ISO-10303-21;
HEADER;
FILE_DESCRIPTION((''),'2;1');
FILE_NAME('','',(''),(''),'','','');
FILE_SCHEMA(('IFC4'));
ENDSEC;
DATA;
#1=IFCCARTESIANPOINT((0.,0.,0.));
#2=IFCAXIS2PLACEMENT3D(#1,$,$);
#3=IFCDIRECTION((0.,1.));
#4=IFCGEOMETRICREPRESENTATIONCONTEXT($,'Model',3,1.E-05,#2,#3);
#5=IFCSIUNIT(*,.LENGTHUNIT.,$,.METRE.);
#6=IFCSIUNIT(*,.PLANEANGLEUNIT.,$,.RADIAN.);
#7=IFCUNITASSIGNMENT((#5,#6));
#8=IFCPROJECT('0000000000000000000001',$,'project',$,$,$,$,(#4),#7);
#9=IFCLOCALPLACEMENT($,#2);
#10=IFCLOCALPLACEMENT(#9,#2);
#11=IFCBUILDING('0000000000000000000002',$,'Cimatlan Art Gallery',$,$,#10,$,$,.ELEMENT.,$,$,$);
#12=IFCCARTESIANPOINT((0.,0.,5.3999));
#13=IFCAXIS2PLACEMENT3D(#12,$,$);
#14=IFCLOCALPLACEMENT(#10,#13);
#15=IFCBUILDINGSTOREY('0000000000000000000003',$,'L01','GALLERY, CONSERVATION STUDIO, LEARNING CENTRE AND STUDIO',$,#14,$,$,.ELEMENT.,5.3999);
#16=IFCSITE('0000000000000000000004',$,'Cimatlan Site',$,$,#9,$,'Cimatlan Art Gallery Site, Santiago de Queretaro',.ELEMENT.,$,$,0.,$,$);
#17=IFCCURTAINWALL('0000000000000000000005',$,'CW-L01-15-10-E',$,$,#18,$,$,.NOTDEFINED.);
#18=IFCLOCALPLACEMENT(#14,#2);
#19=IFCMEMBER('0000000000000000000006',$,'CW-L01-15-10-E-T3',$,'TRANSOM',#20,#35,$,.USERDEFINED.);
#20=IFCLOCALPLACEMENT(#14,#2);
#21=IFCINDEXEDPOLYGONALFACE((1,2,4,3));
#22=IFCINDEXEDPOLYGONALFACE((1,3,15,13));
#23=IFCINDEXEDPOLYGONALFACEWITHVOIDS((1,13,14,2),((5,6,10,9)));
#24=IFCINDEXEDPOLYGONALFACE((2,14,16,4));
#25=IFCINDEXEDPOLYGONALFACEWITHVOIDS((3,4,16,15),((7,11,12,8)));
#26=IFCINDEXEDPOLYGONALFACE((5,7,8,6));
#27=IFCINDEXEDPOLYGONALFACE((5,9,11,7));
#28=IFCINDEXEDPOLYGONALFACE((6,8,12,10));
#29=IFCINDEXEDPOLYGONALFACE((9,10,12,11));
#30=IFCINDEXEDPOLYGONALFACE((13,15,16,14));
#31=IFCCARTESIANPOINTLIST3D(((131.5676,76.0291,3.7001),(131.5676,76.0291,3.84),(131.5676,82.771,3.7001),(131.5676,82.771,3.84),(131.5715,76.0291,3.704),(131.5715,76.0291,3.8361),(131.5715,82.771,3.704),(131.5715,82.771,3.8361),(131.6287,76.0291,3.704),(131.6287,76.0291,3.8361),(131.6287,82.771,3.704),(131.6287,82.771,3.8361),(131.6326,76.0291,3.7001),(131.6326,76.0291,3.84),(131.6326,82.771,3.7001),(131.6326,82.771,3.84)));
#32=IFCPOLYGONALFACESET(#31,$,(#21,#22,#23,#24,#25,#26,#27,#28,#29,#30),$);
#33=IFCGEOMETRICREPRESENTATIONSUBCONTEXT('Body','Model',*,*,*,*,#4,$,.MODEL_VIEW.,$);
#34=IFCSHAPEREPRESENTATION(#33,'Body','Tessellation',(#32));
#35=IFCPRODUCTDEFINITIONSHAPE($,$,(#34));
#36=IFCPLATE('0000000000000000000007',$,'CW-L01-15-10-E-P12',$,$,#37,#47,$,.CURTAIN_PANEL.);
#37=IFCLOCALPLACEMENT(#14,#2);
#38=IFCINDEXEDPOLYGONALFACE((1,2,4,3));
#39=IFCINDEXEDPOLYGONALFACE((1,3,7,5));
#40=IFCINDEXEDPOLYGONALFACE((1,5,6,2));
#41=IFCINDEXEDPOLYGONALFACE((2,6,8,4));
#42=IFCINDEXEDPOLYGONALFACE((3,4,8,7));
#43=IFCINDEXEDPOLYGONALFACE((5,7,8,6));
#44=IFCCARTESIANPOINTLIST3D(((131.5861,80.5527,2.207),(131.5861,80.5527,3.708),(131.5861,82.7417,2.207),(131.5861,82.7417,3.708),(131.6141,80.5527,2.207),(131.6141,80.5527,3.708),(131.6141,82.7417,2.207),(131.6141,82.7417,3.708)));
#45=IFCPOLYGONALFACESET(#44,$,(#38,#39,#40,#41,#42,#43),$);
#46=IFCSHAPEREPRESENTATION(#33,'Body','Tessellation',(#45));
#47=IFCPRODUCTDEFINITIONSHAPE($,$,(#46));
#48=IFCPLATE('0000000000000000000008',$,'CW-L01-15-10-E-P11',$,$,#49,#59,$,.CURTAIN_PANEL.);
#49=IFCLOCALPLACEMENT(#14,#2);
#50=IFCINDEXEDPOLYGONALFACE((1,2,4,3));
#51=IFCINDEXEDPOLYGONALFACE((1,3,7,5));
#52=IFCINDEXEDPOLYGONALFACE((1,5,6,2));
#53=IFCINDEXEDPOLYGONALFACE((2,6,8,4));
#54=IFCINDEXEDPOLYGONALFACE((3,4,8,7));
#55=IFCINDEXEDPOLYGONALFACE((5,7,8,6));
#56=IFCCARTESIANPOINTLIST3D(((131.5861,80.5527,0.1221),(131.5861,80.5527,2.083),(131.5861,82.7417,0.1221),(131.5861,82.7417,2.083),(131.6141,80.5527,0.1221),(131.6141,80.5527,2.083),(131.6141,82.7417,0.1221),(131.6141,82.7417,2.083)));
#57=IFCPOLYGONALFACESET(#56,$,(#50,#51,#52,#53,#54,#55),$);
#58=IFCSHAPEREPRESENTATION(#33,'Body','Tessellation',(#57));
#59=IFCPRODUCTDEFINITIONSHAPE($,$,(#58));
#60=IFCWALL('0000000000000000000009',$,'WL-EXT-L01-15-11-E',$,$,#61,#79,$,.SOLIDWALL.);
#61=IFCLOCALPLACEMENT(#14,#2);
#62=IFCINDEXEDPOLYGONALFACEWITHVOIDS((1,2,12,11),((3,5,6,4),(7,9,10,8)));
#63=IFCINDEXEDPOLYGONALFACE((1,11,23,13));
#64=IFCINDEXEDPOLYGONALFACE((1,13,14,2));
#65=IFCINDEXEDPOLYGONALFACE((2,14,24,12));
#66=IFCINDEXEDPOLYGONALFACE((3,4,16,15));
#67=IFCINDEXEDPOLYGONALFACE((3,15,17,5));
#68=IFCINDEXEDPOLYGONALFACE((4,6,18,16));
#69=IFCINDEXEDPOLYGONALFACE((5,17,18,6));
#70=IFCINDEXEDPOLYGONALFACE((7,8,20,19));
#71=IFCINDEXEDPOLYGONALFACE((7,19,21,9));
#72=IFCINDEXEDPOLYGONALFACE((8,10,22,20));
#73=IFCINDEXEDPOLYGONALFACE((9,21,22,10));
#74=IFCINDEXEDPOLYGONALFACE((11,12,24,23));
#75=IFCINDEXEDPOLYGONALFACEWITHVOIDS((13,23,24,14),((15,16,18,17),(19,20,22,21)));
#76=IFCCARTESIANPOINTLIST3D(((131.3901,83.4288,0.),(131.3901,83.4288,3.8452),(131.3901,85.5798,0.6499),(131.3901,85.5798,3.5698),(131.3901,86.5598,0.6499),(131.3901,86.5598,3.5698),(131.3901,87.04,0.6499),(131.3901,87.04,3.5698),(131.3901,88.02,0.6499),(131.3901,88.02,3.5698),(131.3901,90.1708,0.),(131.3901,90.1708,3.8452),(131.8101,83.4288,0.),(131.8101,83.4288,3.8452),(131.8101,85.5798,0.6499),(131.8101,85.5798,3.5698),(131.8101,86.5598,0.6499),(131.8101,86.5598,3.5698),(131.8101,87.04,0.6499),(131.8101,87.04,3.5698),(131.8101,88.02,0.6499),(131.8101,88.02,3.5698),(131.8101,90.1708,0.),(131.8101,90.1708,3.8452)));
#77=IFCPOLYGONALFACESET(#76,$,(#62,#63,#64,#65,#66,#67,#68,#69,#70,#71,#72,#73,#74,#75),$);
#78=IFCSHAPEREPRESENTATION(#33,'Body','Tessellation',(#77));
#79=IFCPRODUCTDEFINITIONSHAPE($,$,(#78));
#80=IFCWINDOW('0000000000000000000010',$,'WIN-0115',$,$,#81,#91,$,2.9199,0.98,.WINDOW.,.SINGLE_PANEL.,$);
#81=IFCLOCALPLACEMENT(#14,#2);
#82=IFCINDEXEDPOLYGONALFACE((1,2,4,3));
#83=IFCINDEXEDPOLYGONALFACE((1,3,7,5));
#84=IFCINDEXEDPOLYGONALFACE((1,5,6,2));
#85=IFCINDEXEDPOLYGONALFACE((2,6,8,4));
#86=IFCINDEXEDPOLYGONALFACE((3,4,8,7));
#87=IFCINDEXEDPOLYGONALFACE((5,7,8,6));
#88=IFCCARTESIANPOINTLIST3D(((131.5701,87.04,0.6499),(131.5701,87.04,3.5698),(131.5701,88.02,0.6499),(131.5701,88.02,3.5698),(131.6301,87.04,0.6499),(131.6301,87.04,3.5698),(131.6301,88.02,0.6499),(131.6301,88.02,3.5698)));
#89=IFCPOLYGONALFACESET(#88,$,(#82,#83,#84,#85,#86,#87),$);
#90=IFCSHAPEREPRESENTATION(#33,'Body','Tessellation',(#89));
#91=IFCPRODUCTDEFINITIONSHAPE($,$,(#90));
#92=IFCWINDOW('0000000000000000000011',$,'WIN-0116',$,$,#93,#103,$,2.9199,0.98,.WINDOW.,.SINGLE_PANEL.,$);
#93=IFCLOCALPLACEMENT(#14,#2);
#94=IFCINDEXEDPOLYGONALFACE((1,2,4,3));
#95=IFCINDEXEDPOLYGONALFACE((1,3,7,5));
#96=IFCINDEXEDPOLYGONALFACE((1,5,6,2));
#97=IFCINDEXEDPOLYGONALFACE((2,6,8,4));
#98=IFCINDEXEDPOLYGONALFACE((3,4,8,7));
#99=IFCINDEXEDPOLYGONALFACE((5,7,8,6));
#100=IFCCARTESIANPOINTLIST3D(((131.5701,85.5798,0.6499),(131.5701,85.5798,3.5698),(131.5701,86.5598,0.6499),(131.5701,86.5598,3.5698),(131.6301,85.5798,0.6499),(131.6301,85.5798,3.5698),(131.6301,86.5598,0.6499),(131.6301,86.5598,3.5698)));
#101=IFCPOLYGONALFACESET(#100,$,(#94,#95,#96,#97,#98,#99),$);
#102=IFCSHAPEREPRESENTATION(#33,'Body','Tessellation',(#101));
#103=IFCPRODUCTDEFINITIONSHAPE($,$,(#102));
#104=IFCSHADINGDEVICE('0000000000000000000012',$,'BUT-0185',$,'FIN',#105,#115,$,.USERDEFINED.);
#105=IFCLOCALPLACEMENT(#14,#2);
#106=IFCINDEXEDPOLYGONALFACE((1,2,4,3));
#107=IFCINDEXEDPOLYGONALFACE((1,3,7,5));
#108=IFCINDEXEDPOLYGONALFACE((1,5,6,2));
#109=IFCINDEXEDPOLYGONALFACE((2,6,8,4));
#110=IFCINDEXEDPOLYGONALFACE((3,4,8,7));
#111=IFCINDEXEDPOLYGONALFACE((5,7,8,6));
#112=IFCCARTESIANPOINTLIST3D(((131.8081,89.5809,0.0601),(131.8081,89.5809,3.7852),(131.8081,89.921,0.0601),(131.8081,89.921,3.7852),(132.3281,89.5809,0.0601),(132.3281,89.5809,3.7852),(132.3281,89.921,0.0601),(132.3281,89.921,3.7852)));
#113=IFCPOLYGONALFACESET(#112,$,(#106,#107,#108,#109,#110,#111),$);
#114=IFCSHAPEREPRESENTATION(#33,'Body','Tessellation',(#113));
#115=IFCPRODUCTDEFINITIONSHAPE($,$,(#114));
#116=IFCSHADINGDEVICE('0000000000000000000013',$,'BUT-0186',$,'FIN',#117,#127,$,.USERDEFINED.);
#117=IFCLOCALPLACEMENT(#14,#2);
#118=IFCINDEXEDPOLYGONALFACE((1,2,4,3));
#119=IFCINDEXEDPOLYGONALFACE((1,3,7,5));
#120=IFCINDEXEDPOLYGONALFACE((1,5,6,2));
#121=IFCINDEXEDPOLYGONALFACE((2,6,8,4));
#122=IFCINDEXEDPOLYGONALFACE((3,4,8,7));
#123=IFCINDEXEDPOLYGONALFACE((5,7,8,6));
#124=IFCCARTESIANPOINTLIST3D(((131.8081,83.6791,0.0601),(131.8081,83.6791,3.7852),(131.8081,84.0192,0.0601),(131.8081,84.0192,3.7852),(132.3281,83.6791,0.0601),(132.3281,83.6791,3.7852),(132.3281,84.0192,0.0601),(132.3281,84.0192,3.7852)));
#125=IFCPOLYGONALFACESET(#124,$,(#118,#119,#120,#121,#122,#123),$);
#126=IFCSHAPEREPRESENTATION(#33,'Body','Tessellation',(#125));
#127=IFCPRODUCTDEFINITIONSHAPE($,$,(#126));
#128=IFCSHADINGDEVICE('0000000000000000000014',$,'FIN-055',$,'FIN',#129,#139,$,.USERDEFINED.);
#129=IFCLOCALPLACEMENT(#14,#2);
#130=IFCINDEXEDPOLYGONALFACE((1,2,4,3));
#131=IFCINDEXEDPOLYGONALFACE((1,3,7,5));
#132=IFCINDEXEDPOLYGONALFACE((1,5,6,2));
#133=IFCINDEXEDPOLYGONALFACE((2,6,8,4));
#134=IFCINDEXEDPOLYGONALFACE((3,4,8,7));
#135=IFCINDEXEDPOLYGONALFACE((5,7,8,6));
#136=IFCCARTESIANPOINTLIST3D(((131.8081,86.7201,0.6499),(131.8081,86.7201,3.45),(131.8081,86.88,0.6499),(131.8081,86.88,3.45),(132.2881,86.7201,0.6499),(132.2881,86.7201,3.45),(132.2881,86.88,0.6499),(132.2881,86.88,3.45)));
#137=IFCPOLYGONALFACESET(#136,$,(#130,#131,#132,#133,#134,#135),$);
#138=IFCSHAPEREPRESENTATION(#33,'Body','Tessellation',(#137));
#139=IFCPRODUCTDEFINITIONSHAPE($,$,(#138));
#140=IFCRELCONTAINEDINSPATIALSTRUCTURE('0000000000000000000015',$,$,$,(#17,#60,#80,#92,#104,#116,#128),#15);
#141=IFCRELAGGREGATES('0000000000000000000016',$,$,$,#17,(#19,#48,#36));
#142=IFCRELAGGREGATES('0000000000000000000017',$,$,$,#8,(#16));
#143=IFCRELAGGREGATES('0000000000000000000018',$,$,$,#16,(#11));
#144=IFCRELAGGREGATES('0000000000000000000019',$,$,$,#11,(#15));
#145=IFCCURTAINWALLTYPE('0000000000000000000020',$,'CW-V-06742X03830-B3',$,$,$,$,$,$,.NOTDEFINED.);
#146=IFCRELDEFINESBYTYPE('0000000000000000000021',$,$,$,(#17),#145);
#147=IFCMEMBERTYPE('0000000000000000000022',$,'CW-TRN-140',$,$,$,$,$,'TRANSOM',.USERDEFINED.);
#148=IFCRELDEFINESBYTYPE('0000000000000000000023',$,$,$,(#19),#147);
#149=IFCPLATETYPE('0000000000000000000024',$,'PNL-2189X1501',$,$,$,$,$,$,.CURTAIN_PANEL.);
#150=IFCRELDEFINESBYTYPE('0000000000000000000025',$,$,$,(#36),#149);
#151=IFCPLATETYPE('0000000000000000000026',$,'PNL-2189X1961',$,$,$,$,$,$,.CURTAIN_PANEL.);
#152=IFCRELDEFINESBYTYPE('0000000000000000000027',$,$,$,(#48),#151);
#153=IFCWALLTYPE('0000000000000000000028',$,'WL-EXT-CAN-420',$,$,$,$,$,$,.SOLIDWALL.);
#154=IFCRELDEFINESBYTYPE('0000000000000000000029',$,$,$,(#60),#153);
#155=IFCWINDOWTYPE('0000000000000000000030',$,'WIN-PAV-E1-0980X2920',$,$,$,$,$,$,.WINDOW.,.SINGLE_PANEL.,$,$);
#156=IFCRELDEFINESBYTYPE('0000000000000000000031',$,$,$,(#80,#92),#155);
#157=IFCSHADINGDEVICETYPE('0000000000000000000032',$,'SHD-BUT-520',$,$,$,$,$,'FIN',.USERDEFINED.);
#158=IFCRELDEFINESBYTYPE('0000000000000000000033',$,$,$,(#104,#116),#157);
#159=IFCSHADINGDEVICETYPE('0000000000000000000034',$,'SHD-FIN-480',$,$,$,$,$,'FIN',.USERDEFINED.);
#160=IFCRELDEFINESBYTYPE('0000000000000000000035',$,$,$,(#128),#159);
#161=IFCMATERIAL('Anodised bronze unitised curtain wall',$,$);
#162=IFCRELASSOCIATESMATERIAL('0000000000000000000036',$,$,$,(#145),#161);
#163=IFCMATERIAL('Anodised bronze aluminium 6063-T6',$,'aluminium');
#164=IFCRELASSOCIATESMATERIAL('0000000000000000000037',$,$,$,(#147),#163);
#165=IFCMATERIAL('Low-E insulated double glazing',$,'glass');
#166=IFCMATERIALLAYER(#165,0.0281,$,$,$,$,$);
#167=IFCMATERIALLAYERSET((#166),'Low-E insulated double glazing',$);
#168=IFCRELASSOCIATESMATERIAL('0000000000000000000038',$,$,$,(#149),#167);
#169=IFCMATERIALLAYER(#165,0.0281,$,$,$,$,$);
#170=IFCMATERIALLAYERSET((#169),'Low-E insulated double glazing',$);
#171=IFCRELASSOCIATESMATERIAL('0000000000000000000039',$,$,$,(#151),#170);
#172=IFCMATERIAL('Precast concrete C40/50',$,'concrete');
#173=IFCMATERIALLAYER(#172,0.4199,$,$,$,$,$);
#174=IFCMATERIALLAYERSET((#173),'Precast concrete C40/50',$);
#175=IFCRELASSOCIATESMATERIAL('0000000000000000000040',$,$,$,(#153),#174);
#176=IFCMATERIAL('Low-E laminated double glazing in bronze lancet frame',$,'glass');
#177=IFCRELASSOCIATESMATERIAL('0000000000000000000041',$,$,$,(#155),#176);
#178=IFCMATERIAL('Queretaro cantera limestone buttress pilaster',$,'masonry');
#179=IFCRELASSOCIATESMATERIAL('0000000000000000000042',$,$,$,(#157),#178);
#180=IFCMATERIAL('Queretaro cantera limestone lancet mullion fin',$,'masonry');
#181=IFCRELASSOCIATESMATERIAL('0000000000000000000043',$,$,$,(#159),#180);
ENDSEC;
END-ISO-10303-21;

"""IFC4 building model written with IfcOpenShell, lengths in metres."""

from ifc_helpers import new_model, si_unit, direction, frame, frame_2d, origin, origin_2d, place, context, subcontext, project, spatial, rectangle, hollow_rectangle, extrude, material, layer, layer_set, material_profile, profile_set, type_object, element, fill, aggregate, save


model = new_model("IFC4")

# Units and contexts
model_context = context("Model", 3, precision=1e-05, world=origin(), true_north=direction((0.0, 1.0)))
body_context = subcontext(model_context, "Body", "Model", "MODEL_VIEW")
ifc_project = project(units=[si_unit("LENGTHUNIT", "METRE"), si_unit("PLANEANGLEUNIT", "RADIAN")], contexts=[model_context])

# Site, building, storey
site_placement = place(None, origin())
site = spatial("IfcSite", under=ifc_project, at=site_placement, Name="Cimatlan Site", LongName="Cimatlan Art Gallery Site, Santiago de Queretaro", CompositionType="ELEMENT", RefElevation=0.0)
building_placement = place(site_placement, origin())
building = spatial("IfcBuilding", under=site, at=building_placement, Name="Cimatlan Art Gallery", CompositionType="ELEMENT")
storey_placement = place(building_placement, frame((0.0, 0.0, 5.3999)))
storey = spatial("IfcBuildingStorey", under=building, at=storey_placement, Name="L01", Description="GALLERY, CONSERVATION STUDIO, LEARNING CENTRE AND STUDIO", CompositionType="ELEMENT", Elevation=5.3999)

# Curtain wall, member, plates
ifc_material_1 = material(Name="Anodised bronze unitised curtain wall")
curtain_wall_type = type_object("IfcCurtainWallType", Name="CW-V-06742X03830-B3", PredefinedType="NOTDEFINED", material=ifc_material_1)
curtain_wall_placement = place(storey_placement, origin())
curtain_wall = element("IfcCurtainWall", 1, at=curtain_wall_placement, inside=storey, type_object=curtain_wall_type, Name="CW-L01-15-10-E", PredefinedType="NOTDEFINED")
ifc_material_2 = material(Name="Anodised bronze aluminium 6063-T6", Category="aluminium")
ifc_material_profile_1 = material_profile(ifc_material_2, hollow_rectangle(XDim=0.0649, YDim=0.1399, WallThickness=0.0039, at=origin_2d()), Name="ALU65X140X4")
ifc_profile_set_1 = profile_set([ifc_material_profile_1], Name="Anodised bronze aluminium 6063-T6")
member_type_1 = type_object("IfcMemberType", Name="CW-TRN-140", ElementType="TRANSOM", PredefinedType="USERDEFINED", material=ifc_profile_set_1)
member_1_placement = place(storey_placement, frame((131.6001, 82.771, 3.77), z_axis=(0.0, -1.0, 0.0), x_axis=(1.0, 0.0, 0.0)))
member_1 = element("IfcMember", 2, at=member_1_placement, type_object=member_type_1, Name="CW-L01-15-10-E-T3", ObjectType="TRANSOM", PredefinedType="USERDEFINED", context=body_context, shape_type="SweptSolid", body=[
    extrude(hollow_rectangle(XDim=0.0649, YDim=0.1399, WallThickness=0.0039, at=origin_2d()), origin(), (0.0, 0.0, 1.0), 6.7419),
])
ifc_material_3 = material(Name="Low-E insulated double glazing", Category="glass")
ifc_layer_1 = layer(ifc_material_3, 0.0281)
ifc_layer_set_1 = layer_set([ifc_layer_1], Name="Low-E insulated double glazing")
plate_type_1 = type_object("IfcPlateType", Name="PNL-2189X1501", PredefinedType="CURTAIN_PANEL", material=ifc_layer_set_1)
plate_1_placement = place(storey_placement, frame((131.6001, 81.6472, 2.207), z_axis=(0.0, 0.0, 1.0), x_axis=(0.0, -1.0, 0.0)))
plate_1 = element("IfcPlate", 3, at=plate_1_placement, type_object=plate_type_1, Name="CW-L01-15-10-E-P12", PredefinedType="CURTAIN_PANEL", context=body_context, shape_type="SweptSolid", body=[
    extrude(rectangle(XDim=2.189, YDim=0.0281, at=origin_2d()), origin(), (0.0, 0.0, 1.0), 1.501),
])
ifc_layer_2 = layer(ifc_material_3, 0.0281)
ifc_layer_set_2 = layer_set([ifc_layer_2], Name="Low-E insulated double glazing")
plate_type_2 = type_object("IfcPlateType", Name="PNL-2189X1961", PredefinedType="CURTAIN_PANEL", material=ifc_layer_set_2)
plate_2_placement = place(storey_placement, frame((131.6001, 81.6472, 0.1221), z_axis=(0.0, 0.0, 1.0), x_axis=(0.0, -1.0, 0.0)))
plate_2 = element("IfcPlate", 4, at=plate_2_placement, type_object=plate_type_2, Name="CW-L01-15-10-E-P11", PredefinedType="CURTAIN_PANEL", context=body_context, shape_type="SweptSolid", body=[
    extrude(rectangle(XDim=2.189, YDim=0.0281, at=origin_2d()), origin(), (0.0, 0.0, 1.0), 1.9609),
])
aggregate(curtain_wall, [member_1, plate_2, plate_1])

# Wall, openings, windows
ifc_material_4 = material(Name="Precast concrete C40/50", Category="concrete")
ifc_layer_3 = layer(ifc_material_4, 0.4199)
ifc_layer_set_3 = layer_set([ifc_layer_3], Name="Precast concrete C40/50")
wall_type = type_object("IfcWallType", Name="WL-EXT-CAN-420", PredefinedType="SOLIDWALL", material=ifc_layer_set_3)
wall_placement = place(storey_placement, frame((131.6001, 90.1709, 0.0), z_axis=(0.0, 0.0, 1.0), x_axis=(0.0, -1.0, 0.0)))
wall = element("IfcWall", 5, at=wall_placement, inside=storey, type_object=wall_type, Name="WL-EXT-L01-15-11-E", PredefinedType="SOLIDWALL", context=body_context, shape_type="SweptSolid", body=[
    extrude(rectangle(XDim=6.7419, YDim=0.4199, at=frame_2d((3.3711, 0.0))), origin(), (0.0, 0.0, 1.0), 3.8452),
])
opening_1_placement = place(wall_placement, frame((2.1509, 0.0, 0.6499)))
opening_1 = element("IfcOpeningElement", 6, at=opening_1_placement, cuts=wall, PredefinedType="OPENING", context=body_context, shape_type="SweptSolid", body=[
    extrude(rectangle(XDim=0.98, YDim=2.9199, at=frame_2d((0.49, 1.46))), frame((0.0, 0.22, 0.0), z_axis=(0.0, -1.0, 0.0), x_axis=(1.0, 0.0, 0.0)), (0.0, 0.0, 1.0), 0.4399),
])
opening_2_placement = place(wall_placement, frame((3.6111, 0.0, 0.6499)))
opening_2 = element("IfcOpeningElement", 7, at=opening_2_placement, cuts=wall, PredefinedType="OPENING", context=body_context, shape_type="SweptSolid", body=[
    extrude(rectangle(XDim=0.98, YDim=2.9199, at=frame_2d((0.49, 1.46))), frame((0.0, 0.22, 0.0), z_axis=(0.0, -1.0, 0.0), x_axis=(1.0, 0.0, 0.0)), (0.0, 0.0, 1.0), 0.4399),
])
ifc_material_5 = material(Name="Low-E laminated double glazing in bronze lancet frame", Category="glass")
window_type = type_object("IfcWindowType", Name="WIN-PAV-E1-0980X2920", PartitioningType="SINGLE_PANEL", PredefinedType="WINDOW", material=ifc_material_5)
window_1_placement = place(opening_1_placement, origin())
window_1 = element("IfcWindow", 8, at=window_1_placement, inside=storey, type_object=window_type, Name="WIN-0115", OverallHeight=2.9199, OverallWidth=0.98, PartitioningType="SINGLE_PANEL", PredefinedType="WINDOW", context=body_context, shape_type="SweptSolid", body=[
    extrude(rectangle(XDim=0.98, YDim=2.9199, at=frame_2d((0.49, 1.46))), frame((0.0, 0.03, 0.0), z_axis=(0.0, -1.0, 0.0), x_axis=(1.0, 0.0, 0.0)), (0.0, 0.0, 1.0), 0.0601),
])
fill(opening_1, window_1)
window_2_placement = place(opening_2_placement, origin())
window_2 = element("IfcWindow", 9, at=window_2_placement, inside=storey, type_object=window_type, Name="WIN-0116", OverallHeight=2.9199, OverallWidth=0.98, PartitioningType="SINGLE_PANEL", PredefinedType="WINDOW", context=body_context, shape_type="SweptSolid", body=[
    extrude(rectangle(XDim=0.98, YDim=2.9199, at=frame_2d((0.49, 1.46))), frame((0.0, 0.03, 0.0), z_axis=(0.0, -1.0, 0.0), x_axis=(1.0, 0.0, 0.0)), (0.0, 0.0, 1.0), 0.0601),
])
fill(opening_2, window_2)

# Shading devices
ifc_material_6 = material(Name="Queretaro cantera limestone buttress pilaster", Category="masonry")
shading_device_type_1 = type_object("IfcShadingDeviceType", Name="SHD-BUT-520", ElementType="FIN", PredefinedType="USERDEFINED", material=ifc_material_6)
for number, where, z_axis, x_axis, name in (
    (10, (132.0681, 89.751, 0.0601), (0.0, 0.0, 1.0), (0.0, -1.0, 0.0), "BUT-0185"),
    (11, (132.0681, 83.8491, 0.0601), (0.0, 0.0, 1.0), (0.0, -1.0, 0.0), "BUT-0186"),
):
    element("IfcShadingDevice", number, at=place(storey_placement, frame(where, z_axis=z_axis, x_axis=x_axis)), inside=storey, type_object=shading_device_type_1, Name=name, ObjectType="FIN", PredefinedType="USERDEFINED", context=body_context, shape_type="SweptSolid", body=[
        extrude(rectangle(XDim=0.3401, YDim=0.52, at=origin_2d()), origin(), (0.0, 0.0, 1.0), 3.7251),
    ])
ifc_material_7 = material(Name="Queretaro cantera limestone lancet mullion fin", Category="masonry")
shading_device_type_2 = type_object("IfcShadingDeviceType", Name="SHD-FIN-480", ElementType="FIN", PredefinedType="USERDEFINED", material=ifc_material_7)
shading_device_placement = place(storey_placement, frame((132.0481, 86.8, 0.6499), z_axis=(0.0, 0.0, 1.0), x_axis=(0.0, -1.0, 0.0)))
element("IfcShadingDevice", 12, at=shading_device_placement, inside=storey, type_object=shading_device_type_2, Name="FIN-055", ObjectType="FIN", PredefinedType="USERDEFINED", context=body_context, shape_type="SweptSolid", body=[
    extrude(rectangle(XDim=0.1599, YDim=0.48, at=origin_2d()), origin(), (0.0, 0.0, 1.0), 2.8),
])

save(model, "model.ifc")
